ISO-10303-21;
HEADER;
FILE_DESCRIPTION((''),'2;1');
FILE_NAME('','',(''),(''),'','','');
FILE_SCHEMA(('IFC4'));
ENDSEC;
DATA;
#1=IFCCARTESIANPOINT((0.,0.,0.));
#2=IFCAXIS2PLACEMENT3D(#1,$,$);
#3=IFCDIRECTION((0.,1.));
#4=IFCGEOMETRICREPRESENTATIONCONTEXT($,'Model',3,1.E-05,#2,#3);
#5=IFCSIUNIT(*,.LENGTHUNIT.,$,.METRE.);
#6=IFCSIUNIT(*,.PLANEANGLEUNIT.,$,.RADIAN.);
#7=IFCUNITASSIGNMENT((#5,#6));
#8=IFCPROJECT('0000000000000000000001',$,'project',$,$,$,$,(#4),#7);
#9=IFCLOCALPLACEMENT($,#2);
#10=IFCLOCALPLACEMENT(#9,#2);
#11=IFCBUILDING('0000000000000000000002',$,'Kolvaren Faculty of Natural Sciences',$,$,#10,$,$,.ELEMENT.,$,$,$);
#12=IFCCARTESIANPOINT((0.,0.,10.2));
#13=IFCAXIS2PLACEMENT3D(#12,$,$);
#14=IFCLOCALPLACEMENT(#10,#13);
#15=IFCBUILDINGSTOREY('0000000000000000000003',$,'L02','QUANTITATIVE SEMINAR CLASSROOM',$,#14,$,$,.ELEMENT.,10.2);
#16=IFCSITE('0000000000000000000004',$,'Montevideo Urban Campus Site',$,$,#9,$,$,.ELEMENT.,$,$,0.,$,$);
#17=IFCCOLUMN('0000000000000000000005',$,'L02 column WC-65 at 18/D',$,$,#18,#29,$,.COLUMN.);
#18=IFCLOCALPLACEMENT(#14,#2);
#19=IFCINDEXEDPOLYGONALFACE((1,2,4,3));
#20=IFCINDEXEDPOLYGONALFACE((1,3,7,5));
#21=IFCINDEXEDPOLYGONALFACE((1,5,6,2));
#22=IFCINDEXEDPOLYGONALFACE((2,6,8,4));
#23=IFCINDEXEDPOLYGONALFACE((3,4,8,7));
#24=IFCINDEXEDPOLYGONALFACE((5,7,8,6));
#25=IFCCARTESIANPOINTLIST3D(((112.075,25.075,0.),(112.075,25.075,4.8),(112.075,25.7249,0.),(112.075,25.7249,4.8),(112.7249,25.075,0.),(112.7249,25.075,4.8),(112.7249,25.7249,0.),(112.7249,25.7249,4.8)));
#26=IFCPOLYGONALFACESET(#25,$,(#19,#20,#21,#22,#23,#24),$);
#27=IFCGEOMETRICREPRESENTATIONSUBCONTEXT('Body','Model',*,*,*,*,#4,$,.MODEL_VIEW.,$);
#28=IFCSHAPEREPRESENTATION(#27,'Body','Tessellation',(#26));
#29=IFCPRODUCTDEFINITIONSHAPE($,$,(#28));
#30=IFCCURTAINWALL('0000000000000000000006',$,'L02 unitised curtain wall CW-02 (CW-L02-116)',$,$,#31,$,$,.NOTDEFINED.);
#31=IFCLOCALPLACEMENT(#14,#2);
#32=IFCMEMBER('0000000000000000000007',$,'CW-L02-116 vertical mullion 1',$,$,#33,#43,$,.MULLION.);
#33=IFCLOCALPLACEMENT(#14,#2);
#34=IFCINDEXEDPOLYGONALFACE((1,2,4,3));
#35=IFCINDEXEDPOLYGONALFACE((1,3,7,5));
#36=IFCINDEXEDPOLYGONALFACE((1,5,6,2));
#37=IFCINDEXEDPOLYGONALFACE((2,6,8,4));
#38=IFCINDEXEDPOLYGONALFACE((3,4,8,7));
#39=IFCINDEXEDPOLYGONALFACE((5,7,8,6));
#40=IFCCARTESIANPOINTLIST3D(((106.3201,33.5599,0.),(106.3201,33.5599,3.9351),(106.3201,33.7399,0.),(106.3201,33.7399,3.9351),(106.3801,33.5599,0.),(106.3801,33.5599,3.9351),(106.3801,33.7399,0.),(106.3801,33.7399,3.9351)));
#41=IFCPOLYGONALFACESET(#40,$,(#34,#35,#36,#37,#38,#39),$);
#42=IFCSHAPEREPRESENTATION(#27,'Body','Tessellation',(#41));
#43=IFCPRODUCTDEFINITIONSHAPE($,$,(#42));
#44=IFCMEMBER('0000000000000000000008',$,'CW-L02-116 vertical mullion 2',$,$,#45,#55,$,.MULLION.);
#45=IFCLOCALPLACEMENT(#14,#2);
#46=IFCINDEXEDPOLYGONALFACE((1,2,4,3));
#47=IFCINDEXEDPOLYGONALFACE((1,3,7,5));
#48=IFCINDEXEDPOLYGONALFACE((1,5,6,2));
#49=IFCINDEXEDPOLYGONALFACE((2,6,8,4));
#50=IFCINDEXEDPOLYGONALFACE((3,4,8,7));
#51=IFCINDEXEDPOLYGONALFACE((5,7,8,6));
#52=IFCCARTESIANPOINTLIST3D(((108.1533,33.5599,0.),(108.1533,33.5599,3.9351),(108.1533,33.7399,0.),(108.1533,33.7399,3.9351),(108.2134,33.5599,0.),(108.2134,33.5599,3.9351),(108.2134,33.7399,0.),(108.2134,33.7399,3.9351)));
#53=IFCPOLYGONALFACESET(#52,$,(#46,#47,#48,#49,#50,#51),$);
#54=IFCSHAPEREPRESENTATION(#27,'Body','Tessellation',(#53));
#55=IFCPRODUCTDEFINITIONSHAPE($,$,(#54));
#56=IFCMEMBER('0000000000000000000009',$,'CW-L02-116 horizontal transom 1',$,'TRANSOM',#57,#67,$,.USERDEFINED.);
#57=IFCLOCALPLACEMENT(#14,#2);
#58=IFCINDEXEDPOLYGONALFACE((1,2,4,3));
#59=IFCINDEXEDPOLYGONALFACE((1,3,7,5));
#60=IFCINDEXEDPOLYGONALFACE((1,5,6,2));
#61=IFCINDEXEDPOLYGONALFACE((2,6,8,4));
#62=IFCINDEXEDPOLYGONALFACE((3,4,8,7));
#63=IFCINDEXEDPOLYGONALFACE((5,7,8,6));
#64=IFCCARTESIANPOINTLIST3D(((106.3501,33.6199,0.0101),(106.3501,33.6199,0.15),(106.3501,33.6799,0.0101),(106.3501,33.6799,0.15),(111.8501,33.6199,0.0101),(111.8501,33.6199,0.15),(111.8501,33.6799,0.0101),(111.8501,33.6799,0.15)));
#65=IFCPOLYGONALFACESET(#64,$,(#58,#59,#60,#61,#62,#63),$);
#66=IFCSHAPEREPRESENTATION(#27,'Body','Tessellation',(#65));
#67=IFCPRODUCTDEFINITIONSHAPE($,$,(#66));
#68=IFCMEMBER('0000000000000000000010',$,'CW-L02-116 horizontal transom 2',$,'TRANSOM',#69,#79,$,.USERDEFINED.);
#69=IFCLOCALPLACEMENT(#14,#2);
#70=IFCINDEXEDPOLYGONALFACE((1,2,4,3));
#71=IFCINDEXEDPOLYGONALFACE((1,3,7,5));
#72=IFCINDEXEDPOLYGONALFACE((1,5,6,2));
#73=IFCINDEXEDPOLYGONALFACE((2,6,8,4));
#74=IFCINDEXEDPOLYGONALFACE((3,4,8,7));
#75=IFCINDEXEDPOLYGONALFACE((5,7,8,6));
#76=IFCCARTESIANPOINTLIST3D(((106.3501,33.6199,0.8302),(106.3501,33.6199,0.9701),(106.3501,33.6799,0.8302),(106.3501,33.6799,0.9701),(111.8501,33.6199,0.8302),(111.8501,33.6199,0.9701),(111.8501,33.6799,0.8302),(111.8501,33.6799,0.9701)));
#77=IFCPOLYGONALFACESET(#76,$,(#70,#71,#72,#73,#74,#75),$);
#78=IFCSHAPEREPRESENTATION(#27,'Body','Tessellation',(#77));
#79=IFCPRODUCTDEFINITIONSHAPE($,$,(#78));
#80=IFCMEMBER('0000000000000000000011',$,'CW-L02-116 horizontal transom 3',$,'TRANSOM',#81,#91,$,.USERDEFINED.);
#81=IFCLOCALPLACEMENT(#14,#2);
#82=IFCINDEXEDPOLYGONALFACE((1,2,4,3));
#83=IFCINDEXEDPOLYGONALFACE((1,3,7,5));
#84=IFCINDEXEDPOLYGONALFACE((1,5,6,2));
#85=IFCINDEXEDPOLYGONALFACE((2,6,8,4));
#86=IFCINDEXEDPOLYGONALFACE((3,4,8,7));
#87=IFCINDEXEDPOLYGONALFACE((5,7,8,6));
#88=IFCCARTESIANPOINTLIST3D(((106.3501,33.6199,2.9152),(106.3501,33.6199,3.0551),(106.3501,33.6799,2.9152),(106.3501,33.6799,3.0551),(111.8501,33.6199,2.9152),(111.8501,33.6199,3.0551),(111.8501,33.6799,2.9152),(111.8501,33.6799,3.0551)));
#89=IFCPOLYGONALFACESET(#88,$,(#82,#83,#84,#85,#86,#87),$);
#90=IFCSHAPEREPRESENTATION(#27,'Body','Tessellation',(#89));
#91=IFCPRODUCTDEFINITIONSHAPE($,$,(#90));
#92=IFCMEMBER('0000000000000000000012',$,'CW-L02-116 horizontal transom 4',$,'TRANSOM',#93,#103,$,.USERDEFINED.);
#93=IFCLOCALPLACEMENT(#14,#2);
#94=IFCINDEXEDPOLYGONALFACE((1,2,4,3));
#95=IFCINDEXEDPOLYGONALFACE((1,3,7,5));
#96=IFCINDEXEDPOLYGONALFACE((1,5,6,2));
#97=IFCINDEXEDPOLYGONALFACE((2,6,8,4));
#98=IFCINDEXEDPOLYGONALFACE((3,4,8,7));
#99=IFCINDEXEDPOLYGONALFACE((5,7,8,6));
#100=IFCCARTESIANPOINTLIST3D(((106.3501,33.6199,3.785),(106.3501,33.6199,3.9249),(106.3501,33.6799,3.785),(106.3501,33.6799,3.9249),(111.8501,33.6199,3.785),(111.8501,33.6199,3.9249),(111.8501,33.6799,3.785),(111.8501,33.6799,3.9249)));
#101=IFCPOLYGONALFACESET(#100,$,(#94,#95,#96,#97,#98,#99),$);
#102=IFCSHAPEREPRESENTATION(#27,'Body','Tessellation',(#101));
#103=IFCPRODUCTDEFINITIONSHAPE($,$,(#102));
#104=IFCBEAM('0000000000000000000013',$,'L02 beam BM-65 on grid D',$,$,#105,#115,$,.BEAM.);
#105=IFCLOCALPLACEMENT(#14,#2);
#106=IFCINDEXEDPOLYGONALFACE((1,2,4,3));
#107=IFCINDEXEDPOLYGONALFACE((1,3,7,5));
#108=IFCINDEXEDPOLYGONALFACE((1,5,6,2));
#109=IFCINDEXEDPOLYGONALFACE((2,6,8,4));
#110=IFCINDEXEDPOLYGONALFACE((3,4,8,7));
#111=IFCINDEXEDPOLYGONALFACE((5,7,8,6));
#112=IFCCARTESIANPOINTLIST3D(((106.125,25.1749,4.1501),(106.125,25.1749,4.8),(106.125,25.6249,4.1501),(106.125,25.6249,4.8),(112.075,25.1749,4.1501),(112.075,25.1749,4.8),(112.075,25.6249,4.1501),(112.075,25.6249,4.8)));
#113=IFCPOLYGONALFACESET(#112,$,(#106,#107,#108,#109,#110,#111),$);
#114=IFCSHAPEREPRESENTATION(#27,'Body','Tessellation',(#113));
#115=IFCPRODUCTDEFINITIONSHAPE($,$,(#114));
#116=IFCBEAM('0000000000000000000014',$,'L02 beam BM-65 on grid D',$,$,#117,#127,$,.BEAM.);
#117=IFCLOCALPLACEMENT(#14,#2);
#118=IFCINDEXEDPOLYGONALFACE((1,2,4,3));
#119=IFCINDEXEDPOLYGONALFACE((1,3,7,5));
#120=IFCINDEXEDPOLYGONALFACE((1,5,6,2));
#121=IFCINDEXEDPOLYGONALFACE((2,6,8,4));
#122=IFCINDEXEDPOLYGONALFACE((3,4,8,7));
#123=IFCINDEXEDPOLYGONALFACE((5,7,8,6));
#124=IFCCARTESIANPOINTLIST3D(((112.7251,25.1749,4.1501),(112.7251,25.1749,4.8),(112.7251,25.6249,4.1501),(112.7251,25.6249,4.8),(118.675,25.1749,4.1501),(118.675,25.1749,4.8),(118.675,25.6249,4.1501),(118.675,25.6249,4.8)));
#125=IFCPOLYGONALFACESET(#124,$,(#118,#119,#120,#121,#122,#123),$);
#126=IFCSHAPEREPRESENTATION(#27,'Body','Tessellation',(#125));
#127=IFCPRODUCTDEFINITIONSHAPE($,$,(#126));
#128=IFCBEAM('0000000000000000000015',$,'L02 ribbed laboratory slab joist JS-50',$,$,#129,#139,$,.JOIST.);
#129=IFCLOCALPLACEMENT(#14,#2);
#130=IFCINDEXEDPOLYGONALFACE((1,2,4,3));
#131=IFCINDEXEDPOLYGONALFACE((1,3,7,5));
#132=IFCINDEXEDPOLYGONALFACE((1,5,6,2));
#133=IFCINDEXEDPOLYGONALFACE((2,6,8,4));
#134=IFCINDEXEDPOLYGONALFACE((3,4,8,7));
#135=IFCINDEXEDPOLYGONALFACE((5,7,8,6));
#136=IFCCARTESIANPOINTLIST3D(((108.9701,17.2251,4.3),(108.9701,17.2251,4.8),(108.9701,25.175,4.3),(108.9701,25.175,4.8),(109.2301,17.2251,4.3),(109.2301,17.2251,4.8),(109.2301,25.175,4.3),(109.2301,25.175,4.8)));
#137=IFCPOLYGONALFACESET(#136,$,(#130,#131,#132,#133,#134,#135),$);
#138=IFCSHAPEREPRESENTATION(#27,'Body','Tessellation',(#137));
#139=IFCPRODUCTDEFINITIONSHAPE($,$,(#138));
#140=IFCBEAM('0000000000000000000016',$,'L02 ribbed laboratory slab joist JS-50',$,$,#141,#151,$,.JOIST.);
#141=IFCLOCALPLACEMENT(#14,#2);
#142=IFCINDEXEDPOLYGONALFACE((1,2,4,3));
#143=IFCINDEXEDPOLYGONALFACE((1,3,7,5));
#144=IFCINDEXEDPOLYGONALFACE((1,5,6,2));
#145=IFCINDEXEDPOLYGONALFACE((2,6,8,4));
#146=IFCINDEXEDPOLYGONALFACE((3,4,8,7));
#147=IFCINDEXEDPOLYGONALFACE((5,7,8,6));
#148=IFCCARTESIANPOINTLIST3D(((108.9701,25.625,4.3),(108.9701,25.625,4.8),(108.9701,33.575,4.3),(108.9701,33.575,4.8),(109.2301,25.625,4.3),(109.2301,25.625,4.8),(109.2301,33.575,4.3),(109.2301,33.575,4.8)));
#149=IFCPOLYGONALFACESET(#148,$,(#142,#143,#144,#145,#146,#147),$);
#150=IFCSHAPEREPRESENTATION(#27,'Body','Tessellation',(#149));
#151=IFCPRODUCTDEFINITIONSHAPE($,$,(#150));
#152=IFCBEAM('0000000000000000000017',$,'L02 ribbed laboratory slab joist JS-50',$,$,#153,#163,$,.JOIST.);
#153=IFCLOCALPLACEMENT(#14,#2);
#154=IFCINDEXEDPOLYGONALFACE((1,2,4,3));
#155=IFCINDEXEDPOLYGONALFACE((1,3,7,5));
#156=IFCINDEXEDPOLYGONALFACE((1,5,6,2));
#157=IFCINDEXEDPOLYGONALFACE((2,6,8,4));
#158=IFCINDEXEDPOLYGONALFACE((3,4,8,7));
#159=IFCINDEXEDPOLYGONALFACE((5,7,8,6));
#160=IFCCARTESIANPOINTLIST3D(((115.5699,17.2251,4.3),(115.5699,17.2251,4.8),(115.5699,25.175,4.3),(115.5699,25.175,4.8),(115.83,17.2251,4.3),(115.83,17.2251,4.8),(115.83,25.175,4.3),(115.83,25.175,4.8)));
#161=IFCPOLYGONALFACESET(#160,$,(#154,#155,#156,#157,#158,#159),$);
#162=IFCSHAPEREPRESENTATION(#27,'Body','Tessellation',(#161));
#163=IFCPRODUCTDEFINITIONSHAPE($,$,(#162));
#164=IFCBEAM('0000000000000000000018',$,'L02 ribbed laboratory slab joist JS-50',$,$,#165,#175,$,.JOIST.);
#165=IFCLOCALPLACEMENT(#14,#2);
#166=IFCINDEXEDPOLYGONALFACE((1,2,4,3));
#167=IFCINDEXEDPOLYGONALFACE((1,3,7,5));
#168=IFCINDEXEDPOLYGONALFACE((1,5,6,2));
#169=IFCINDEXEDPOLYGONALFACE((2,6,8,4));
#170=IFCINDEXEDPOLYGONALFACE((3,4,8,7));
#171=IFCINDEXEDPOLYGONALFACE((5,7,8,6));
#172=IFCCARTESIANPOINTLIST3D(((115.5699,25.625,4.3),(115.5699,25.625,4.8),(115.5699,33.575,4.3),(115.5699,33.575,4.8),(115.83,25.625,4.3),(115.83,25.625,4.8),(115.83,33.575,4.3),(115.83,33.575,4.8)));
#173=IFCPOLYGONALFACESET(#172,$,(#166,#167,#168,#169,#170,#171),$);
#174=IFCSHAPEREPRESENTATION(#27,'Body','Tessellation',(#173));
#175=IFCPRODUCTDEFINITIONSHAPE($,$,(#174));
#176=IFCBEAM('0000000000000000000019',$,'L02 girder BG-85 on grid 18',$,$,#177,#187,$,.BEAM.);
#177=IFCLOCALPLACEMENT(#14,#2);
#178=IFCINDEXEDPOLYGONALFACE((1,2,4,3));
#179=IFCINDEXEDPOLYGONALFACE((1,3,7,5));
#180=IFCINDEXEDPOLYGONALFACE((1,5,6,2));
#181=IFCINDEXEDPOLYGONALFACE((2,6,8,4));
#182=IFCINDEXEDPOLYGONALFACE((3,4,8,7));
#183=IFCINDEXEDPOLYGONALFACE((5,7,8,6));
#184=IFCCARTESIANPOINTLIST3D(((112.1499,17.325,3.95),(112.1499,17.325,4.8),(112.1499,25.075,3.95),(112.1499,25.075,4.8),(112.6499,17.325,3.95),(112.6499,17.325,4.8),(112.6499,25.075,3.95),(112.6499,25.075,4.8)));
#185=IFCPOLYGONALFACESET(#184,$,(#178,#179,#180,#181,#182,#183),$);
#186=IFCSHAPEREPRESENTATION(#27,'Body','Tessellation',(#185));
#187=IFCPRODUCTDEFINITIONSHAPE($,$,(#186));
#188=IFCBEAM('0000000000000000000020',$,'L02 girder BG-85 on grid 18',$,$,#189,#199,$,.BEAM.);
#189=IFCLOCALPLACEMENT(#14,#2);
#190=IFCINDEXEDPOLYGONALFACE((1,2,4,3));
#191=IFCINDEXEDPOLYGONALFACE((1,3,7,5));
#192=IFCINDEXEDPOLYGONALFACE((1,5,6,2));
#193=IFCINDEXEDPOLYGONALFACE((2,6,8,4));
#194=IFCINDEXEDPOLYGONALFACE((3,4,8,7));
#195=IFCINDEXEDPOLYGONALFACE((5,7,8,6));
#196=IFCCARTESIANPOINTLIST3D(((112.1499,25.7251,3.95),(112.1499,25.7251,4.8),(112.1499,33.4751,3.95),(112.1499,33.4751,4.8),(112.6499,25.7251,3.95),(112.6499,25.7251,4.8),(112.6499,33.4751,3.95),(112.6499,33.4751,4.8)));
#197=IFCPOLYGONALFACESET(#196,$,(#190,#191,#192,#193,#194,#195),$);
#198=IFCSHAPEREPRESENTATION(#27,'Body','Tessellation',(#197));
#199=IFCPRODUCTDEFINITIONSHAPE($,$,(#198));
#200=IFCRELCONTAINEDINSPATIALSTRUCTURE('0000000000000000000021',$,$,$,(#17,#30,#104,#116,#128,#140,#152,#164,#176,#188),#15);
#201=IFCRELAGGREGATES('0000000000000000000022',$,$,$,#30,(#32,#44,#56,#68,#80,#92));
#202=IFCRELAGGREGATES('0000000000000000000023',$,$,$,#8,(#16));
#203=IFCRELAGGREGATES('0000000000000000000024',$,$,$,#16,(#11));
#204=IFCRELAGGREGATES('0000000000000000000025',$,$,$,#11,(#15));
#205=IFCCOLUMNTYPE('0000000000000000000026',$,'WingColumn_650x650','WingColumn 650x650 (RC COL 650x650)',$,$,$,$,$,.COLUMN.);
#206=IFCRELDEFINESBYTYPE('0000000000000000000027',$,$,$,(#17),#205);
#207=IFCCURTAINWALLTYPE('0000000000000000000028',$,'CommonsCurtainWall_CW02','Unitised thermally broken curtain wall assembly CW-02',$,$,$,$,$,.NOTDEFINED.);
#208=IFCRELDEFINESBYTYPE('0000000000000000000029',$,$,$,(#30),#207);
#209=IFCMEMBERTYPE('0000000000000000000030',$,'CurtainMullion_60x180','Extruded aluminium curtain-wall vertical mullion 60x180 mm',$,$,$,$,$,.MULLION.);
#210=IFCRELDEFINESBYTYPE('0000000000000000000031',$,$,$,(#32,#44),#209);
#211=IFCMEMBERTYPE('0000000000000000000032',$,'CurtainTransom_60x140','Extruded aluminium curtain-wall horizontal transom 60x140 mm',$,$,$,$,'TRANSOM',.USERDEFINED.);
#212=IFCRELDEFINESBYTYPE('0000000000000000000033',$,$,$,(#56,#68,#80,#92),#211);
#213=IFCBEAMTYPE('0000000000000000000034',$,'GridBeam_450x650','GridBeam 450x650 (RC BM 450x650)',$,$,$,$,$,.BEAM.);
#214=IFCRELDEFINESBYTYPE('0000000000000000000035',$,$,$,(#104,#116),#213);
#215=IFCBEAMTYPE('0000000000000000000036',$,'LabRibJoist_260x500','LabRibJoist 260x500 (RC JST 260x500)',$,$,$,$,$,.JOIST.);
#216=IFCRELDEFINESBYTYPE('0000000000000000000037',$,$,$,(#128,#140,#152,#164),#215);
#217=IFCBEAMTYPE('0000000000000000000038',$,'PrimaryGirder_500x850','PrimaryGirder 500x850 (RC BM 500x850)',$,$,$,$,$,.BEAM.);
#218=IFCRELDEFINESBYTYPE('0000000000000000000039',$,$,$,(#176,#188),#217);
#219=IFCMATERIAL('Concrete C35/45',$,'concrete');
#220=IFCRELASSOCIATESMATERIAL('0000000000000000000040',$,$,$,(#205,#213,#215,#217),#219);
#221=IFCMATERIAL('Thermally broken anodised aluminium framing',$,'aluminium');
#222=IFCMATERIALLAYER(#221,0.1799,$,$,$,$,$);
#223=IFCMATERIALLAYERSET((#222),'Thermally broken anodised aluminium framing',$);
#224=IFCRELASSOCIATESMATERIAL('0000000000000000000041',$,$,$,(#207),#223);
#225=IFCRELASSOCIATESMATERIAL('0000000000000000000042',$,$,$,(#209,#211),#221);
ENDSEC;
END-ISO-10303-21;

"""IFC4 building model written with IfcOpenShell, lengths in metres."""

from ifc_helpers import new_model, si_unit, direction, frame, origin, origin_2d, place, context, subcontext, project, spatial, rectangle, extrude, material, layer, layer_set, material_profile, profile_set, type_object, element, aggregate, save


model = new_model("IFC4")

# Units and contexts
model_context = context("Model", 3, precision=1e-05, world=origin(), true_north=direction((0.0, 1.0)))
body_context = subcontext(model_context, "Body", "Model", "MODEL_VIEW")
ifc_project = project(units=[si_unit("LENGTHUNIT", "METRE"), si_unit("PLANEANGLEUNIT", "RADIAN")], contexts=[model_context])

# Site, building, storey
site_placement = place(None, origin())
site = spatial("IfcSite", under=ifc_project, at=site_placement, Name="Montevideo Urban Campus Site", CompositionType="ELEMENT", RefElevation=0.0)
building_placement = place(site_placement, origin())
building = spatial("IfcBuilding", under=site, at=building_placement, Name="Kolvaren Faculty of Natural Sciences", CompositionType="ELEMENT")
storey_placement = place(building_placement, frame((0.0, 0.0, 10.2)))
storey = spatial("IfcBuildingStorey", under=building, at=storey_placement, Name="L02", Description="QUANTITATIVE SEMINAR CLASSROOM", CompositionType="ELEMENT", Elevation=10.2)

# Column
ifc_material_1 = material(Name="Concrete C35/45", Category="concrete")
ifc_material_profile_1 = material_profile(ifc_material_1, rectangle(XDim=0.6499, YDim=0.6499, at=origin_2d()), Name="RC COL 650x650")
ifc_profile_set_1 = profile_set([ifc_material_profile_1], Name="Concrete C35/45")
column_type = type_object("IfcColumnType", Name="WingColumn_650x650", Description="WingColumn 650x650 (RC COL 650x650)", PredefinedType="COLUMN", material=ifc_profile_set_1)
column_placement = place(storey_placement, frame((112.3999, 25.3999, 0.0), z_axis=(0.0, 0.0, 1.0), x_axis=(1.0, 0.0, 0.0)))
element("IfcColumn", 1, at=column_placement, inside=storey, type_object=column_type, Name="L02 column WC-65 at 18/D", PredefinedType="COLUMN", context=body_context, shape_type="SweptSolid", body=[
    extrude(rectangle(XDim=0.6499, YDim=0.6499, at=origin_2d()), origin(), (0.0, 0.0, 1.0), 4.8),
])

# Curtain wall, members
ifc_material_2 = material(Name="Thermally broken anodised aluminium framing", Category="aluminium")
ifc_layer_1 = layer(ifc_material_2, 0.1799)
ifc_layer_set_1 = layer_set([ifc_layer_1], Name="Thermally broken anodised aluminium framing")
curtain_wall_type = type_object("IfcCurtainWallType", Name="CommonsCurtainWall_CW02", Description="Unitised thermally broken curtain wall assembly CW-02", PredefinedType="NOTDEFINED", material=ifc_layer_set_1)
curtain_wall_placement = place(storey_placement, origin())
curtain_wall = element("IfcCurtainWall", 2, at=curtain_wall_placement, inside=storey, type_object=curtain_wall_type, Name="L02 unitised curtain wall CW-02 (CW-L02-116)", PredefinedType="NOTDEFINED")
ifc_material_profile_2 = material_profile(ifc_material_2, rectangle(XDim=0.0601, YDim=0.1799, at=origin_2d()), Name="ALU MUL 60x180")
ifc_profile_set_2 = profile_set([ifc_material_profile_2], Name="Thermally broken anodised aluminium framing")
member_type_1 = type_object("IfcMemberType", Name="CurtainMullion_60x180", Description="Extruded aluminium curtain-wall vertical mullion 60x180 mm", PredefinedType="MULLION", material=ifc_profile_set_2)
member_1_placement = place(storey_placement, frame((106.3501, 33.6499, 0.0), z_axis=(0.0, 0.0, 1.0), x_axis=(1.0, 0.0, 0.0)))
member_1 = element("IfcMember", 3, at=member_1_placement, type_object=member_type_1, Name="CW-L02-116 vertical mullion 1", PredefinedType="MULLION", context=body_context, shape_type="SweptSolid", body=[
    extrude(rectangle(XDim=0.0601, YDim=0.1799, at=origin_2d()), origin(), (0.0, 0.0, 1.0), 3.9351),
])
member_2_placement = place(storey_placement, frame((108.1833, 33.6499, 0.0), z_axis=(0.0, 0.0, 1.0), x_axis=(1.0, 0.0, 0.0)))
member_2 = element("IfcMember", 4, at=member_2_placement, type_object=member_type_1, Name="CW-L02-116 vertical mullion 2", PredefinedType="MULLION", context=body_context, shape_type="SweptSolid", body=[
    extrude(rectangle(XDim=0.0601, YDim=0.1799, at=origin_2d()), origin(), (0.0, 0.0, 1.0), 3.9351),
])
ifc_material_profile_3 = material_profile(ifc_material_2, rectangle(XDim=0.0601, YDim=0.1399, at=origin_2d()), Name="ALU TRN 60x140")
ifc_profile_set_3 = profile_set([ifc_material_profile_3], Name="Thermally broken anodised aluminium framing")
member_type_2 = type_object("IfcMemberType", Name="CurtainTransom_60x140", Description="Extruded aluminium curtain-wall horizontal transom 60x140 mm", ElementType="TRANSOM", PredefinedType="USERDEFINED", material=ifc_profile_set_3)
member_3_placement = place(storey_placement, frame((106.3501, 33.6499, 0.0801), z_axis=(1.0, 0.0, 0.0), x_axis=(0.0, 1.0, 0.0)))
member_3 = element("IfcMember", 5, at=member_3_placement, type_object=member_type_2, Name="CW-L02-116 horizontal transom 1", ObjectType="TRANSOM", PredefinedType="USERDEFINED", context=body_context, shape_type="SweptSolid", body=[
    extrude(rectangle(XDim=0.0601, YDim=0.1399, at=origin_2d()), origin(), (0.0, 0.0, 1.0), 5.5),
])
member_4_placement = place(storey_placement, frame((106.3501, 33.6499, 0.9001), z_axis=(1.0, 0.0, 0.0), x_axis=(0.0, 1.0, 0.0)))
member_4 = element("IfcMember", 6, at=member_4_placement, type_object=member_type_2, Name="CW-L02-116 horizontal transom 2", ObjectType="TRANSOM", PredefinedType="USERDEFINED", context=body_context, shape_type="SweptSolid", body=[
    extrude(rectangle(XDim=0.0601, YDim=0.1399, at=origin_2d()), origin(), (0.0, 0.0, 1.0), 5.5),
])
member_5_placement = place(storey_placement, frame((106.3501, 33.6499, 2.9851), z_axis=(1.0, 0.0, 0.0), x_axis=(0.0, 1.0, 0.0)))
member_5 = element("IfcMember", 7, at=member_5_placement, type_object=member_type_2, Name="CW-L02-116 horizontal transom 3", ObjectType="TRANSOM", PredefinedType="USERDEFINED", context=body_context, shape_type="SweptSolid", body=[
    extrude(rectangle(XDim=0.0601, YDim=0.1399, at=origin_2d()), origin(), (0.0, 0.0, 1.0), 5.5),
])
member_6_placement = place(storey_placement, frame((106.3501, 33.6499, 3.855), z_axis=(1.0, 0.0, 0.0), x_axis=(0.0, 1.0, 0.0)))
member_6 = element("IfcMember", 8, at=member_6_placement, type_object=member_type_2, Name="CW-L02-116 horizontal transom 4", ObjectType="TRANSOM", PredefinedType="USERDEFINED", context=body_context, shape_type="SweptSolid", body=[
    extrude(rectangle(XDim=0.0601, YDim=0.1399, at=origin_2d()), origin(), (0.0, 0.0, 1.0), 5.5),
])

# Beams
ifc_material_profile_4 = material_profile(ifc_material_1, rectangle(XDim=0.45, YDim=0.6499, at=origin_2d()), Name="RC BM 450x650")
ifc_profile_set_4 = profile_set([ifc_material_profile_4], Name="Concrete C35/45")
beam_type_1 = type_object("IfcBeamType", Name="GridBeam_450x650", Description="GridBeam 450x650 (RC BM 450x650)", PredefinedType="BEAM", material=ifc_profile_set_4)
for number, where, z_axis, x_axis, name in (
    (9, (106.125, 25.3999, 4.4751), (1.0, 0.0, 0.0), (0.0, 1.0, 0.0), "L02 beam BM-65 on grid D"),
    (10, (112.7251, 25.3999, 4.4751), (1.0, 0.0, 0.0), (0.0, 1.0, 0.0), "L02 beam BM-65 on grid D"),
):
    element("IfcBeam", number, at=place(storey_placement, frame(where, z_axis=z_axis, x_axis=x_axis)), inside=storey, type_object=beam_type_1, Name=name, PredefinedType="BEAM", context=body_context, shape_type="SweptSolid", body=[
        extrude(rectangle(XDim=0.45, YDim=0.6499, at=origin_2d()), origin(), (0.0, 0.0, 1.0), 5.95),
    ])
ifc_material_profile_5 = material_profile(ifc_material_1, rectangle(XDim=0.26, YDim=0.5, at=origin_2d()), Name="RC JST 260x500")
ifc_profile_set_5 = profile_set([ifc_material_profile_5], Name="Concrete C35/45")
beam_type_2 = type_object("IfcBeamType", Name="LabRibJoist_260x500", Description="LabRibJoist 260x500 (RC JST 260x500)", PredefinedType="JOIST", material=ifc_profile_set_5)
for number, where, z_axis, x_axis, name in (
    (11, (109.1001, 17.2251, 4.55), (0.0, 1.0, 0.0), (-1.0, 0.0, 0.0), "L02 ribbed laboratory slab joist JS-50"),
    (12, (109.1001, 25.625, 4.55), (0.0, 1.0, 0.0), (-1.0, 0.0, 0.0), "L02 ribbed laboratory slab joist JS-50"),
    (13, (115.7, 17.2251, 4.55), (0.0, 1.0, 0.0), (-1.0, 0.0, 0.0), "L02 ribbed laboratory slab joist JS-50"),
    (14, (115.7, 25.625, 4.55), (0.0, 1.0, 0.0), (-1.0, 0.0, 0.0), "L02 ribbed laboratory slab joist JS-50"),
):
    element("IfcBeam", number, at=place(storey_placement, frame(where, z_axis=z_axis, x_axis=x_axis)), inside=storey, type_object=beam_type_2, Name=name, PredefinedType="JOIST", context=body_context, shape_type="SweptSolid", body=[
        extrude(rectangle(XDim=0.26, YDim=0.5, at=origin_2d()), origin(), (0.0, 0.0, 1.0), 7.95),
    ])
ifc_material_profile_6 = material_profile(ifc_material_1, rectangle(XDim=0.5, YDim=0.8501, at=origin_2d()), Name="RC BM 500x850")
ifc_profile_set_6 = profile_set([ifc_material_profile_6], Name="Concrete C35/45")
beam_type_3 = type_object("IfcBeamType", Name="PrimaryGirder_500x850", Description="PrimaryGirder 500x850 (RC BM 500x850)", PredefinedType="BEAM", material=ifc_profile_set_6)
for number, where, z_axis, x_axis, name in (
    (15, (112.3999, 17.325, 4.375), (0.0, 1.0, 0.0), (-1.0, 0.0, 0.0), "L02 girder BG-85 on grid 18"),
    (16, (112.3999, 25.7251, 4.375), (0.0, 1.0, 0.0), (-1.0, 0.0, 0.0), "L02 girder BG-85 on grid 18"),
):
    element("IfcBeam", number, at=place(storey_placement, frame(where, z_axis=z_axis, x_axis=x_axis)), inside=storey, type_object=beam_type_3, Name=name, PredefinedType="BEAM", context=body_context, shape_type="SweptSolid", body=[
        extrude(rectangle(XDim=0.5, YDim=0.8501, at=origin_2d()), origin(), (0.0, 0.0, 1.0), 7.75),
    ])

aggregate(curtain_wall, [member_1, member_2, member_3, member_4, member_5, member_6])

save(model, "model.ifc")
